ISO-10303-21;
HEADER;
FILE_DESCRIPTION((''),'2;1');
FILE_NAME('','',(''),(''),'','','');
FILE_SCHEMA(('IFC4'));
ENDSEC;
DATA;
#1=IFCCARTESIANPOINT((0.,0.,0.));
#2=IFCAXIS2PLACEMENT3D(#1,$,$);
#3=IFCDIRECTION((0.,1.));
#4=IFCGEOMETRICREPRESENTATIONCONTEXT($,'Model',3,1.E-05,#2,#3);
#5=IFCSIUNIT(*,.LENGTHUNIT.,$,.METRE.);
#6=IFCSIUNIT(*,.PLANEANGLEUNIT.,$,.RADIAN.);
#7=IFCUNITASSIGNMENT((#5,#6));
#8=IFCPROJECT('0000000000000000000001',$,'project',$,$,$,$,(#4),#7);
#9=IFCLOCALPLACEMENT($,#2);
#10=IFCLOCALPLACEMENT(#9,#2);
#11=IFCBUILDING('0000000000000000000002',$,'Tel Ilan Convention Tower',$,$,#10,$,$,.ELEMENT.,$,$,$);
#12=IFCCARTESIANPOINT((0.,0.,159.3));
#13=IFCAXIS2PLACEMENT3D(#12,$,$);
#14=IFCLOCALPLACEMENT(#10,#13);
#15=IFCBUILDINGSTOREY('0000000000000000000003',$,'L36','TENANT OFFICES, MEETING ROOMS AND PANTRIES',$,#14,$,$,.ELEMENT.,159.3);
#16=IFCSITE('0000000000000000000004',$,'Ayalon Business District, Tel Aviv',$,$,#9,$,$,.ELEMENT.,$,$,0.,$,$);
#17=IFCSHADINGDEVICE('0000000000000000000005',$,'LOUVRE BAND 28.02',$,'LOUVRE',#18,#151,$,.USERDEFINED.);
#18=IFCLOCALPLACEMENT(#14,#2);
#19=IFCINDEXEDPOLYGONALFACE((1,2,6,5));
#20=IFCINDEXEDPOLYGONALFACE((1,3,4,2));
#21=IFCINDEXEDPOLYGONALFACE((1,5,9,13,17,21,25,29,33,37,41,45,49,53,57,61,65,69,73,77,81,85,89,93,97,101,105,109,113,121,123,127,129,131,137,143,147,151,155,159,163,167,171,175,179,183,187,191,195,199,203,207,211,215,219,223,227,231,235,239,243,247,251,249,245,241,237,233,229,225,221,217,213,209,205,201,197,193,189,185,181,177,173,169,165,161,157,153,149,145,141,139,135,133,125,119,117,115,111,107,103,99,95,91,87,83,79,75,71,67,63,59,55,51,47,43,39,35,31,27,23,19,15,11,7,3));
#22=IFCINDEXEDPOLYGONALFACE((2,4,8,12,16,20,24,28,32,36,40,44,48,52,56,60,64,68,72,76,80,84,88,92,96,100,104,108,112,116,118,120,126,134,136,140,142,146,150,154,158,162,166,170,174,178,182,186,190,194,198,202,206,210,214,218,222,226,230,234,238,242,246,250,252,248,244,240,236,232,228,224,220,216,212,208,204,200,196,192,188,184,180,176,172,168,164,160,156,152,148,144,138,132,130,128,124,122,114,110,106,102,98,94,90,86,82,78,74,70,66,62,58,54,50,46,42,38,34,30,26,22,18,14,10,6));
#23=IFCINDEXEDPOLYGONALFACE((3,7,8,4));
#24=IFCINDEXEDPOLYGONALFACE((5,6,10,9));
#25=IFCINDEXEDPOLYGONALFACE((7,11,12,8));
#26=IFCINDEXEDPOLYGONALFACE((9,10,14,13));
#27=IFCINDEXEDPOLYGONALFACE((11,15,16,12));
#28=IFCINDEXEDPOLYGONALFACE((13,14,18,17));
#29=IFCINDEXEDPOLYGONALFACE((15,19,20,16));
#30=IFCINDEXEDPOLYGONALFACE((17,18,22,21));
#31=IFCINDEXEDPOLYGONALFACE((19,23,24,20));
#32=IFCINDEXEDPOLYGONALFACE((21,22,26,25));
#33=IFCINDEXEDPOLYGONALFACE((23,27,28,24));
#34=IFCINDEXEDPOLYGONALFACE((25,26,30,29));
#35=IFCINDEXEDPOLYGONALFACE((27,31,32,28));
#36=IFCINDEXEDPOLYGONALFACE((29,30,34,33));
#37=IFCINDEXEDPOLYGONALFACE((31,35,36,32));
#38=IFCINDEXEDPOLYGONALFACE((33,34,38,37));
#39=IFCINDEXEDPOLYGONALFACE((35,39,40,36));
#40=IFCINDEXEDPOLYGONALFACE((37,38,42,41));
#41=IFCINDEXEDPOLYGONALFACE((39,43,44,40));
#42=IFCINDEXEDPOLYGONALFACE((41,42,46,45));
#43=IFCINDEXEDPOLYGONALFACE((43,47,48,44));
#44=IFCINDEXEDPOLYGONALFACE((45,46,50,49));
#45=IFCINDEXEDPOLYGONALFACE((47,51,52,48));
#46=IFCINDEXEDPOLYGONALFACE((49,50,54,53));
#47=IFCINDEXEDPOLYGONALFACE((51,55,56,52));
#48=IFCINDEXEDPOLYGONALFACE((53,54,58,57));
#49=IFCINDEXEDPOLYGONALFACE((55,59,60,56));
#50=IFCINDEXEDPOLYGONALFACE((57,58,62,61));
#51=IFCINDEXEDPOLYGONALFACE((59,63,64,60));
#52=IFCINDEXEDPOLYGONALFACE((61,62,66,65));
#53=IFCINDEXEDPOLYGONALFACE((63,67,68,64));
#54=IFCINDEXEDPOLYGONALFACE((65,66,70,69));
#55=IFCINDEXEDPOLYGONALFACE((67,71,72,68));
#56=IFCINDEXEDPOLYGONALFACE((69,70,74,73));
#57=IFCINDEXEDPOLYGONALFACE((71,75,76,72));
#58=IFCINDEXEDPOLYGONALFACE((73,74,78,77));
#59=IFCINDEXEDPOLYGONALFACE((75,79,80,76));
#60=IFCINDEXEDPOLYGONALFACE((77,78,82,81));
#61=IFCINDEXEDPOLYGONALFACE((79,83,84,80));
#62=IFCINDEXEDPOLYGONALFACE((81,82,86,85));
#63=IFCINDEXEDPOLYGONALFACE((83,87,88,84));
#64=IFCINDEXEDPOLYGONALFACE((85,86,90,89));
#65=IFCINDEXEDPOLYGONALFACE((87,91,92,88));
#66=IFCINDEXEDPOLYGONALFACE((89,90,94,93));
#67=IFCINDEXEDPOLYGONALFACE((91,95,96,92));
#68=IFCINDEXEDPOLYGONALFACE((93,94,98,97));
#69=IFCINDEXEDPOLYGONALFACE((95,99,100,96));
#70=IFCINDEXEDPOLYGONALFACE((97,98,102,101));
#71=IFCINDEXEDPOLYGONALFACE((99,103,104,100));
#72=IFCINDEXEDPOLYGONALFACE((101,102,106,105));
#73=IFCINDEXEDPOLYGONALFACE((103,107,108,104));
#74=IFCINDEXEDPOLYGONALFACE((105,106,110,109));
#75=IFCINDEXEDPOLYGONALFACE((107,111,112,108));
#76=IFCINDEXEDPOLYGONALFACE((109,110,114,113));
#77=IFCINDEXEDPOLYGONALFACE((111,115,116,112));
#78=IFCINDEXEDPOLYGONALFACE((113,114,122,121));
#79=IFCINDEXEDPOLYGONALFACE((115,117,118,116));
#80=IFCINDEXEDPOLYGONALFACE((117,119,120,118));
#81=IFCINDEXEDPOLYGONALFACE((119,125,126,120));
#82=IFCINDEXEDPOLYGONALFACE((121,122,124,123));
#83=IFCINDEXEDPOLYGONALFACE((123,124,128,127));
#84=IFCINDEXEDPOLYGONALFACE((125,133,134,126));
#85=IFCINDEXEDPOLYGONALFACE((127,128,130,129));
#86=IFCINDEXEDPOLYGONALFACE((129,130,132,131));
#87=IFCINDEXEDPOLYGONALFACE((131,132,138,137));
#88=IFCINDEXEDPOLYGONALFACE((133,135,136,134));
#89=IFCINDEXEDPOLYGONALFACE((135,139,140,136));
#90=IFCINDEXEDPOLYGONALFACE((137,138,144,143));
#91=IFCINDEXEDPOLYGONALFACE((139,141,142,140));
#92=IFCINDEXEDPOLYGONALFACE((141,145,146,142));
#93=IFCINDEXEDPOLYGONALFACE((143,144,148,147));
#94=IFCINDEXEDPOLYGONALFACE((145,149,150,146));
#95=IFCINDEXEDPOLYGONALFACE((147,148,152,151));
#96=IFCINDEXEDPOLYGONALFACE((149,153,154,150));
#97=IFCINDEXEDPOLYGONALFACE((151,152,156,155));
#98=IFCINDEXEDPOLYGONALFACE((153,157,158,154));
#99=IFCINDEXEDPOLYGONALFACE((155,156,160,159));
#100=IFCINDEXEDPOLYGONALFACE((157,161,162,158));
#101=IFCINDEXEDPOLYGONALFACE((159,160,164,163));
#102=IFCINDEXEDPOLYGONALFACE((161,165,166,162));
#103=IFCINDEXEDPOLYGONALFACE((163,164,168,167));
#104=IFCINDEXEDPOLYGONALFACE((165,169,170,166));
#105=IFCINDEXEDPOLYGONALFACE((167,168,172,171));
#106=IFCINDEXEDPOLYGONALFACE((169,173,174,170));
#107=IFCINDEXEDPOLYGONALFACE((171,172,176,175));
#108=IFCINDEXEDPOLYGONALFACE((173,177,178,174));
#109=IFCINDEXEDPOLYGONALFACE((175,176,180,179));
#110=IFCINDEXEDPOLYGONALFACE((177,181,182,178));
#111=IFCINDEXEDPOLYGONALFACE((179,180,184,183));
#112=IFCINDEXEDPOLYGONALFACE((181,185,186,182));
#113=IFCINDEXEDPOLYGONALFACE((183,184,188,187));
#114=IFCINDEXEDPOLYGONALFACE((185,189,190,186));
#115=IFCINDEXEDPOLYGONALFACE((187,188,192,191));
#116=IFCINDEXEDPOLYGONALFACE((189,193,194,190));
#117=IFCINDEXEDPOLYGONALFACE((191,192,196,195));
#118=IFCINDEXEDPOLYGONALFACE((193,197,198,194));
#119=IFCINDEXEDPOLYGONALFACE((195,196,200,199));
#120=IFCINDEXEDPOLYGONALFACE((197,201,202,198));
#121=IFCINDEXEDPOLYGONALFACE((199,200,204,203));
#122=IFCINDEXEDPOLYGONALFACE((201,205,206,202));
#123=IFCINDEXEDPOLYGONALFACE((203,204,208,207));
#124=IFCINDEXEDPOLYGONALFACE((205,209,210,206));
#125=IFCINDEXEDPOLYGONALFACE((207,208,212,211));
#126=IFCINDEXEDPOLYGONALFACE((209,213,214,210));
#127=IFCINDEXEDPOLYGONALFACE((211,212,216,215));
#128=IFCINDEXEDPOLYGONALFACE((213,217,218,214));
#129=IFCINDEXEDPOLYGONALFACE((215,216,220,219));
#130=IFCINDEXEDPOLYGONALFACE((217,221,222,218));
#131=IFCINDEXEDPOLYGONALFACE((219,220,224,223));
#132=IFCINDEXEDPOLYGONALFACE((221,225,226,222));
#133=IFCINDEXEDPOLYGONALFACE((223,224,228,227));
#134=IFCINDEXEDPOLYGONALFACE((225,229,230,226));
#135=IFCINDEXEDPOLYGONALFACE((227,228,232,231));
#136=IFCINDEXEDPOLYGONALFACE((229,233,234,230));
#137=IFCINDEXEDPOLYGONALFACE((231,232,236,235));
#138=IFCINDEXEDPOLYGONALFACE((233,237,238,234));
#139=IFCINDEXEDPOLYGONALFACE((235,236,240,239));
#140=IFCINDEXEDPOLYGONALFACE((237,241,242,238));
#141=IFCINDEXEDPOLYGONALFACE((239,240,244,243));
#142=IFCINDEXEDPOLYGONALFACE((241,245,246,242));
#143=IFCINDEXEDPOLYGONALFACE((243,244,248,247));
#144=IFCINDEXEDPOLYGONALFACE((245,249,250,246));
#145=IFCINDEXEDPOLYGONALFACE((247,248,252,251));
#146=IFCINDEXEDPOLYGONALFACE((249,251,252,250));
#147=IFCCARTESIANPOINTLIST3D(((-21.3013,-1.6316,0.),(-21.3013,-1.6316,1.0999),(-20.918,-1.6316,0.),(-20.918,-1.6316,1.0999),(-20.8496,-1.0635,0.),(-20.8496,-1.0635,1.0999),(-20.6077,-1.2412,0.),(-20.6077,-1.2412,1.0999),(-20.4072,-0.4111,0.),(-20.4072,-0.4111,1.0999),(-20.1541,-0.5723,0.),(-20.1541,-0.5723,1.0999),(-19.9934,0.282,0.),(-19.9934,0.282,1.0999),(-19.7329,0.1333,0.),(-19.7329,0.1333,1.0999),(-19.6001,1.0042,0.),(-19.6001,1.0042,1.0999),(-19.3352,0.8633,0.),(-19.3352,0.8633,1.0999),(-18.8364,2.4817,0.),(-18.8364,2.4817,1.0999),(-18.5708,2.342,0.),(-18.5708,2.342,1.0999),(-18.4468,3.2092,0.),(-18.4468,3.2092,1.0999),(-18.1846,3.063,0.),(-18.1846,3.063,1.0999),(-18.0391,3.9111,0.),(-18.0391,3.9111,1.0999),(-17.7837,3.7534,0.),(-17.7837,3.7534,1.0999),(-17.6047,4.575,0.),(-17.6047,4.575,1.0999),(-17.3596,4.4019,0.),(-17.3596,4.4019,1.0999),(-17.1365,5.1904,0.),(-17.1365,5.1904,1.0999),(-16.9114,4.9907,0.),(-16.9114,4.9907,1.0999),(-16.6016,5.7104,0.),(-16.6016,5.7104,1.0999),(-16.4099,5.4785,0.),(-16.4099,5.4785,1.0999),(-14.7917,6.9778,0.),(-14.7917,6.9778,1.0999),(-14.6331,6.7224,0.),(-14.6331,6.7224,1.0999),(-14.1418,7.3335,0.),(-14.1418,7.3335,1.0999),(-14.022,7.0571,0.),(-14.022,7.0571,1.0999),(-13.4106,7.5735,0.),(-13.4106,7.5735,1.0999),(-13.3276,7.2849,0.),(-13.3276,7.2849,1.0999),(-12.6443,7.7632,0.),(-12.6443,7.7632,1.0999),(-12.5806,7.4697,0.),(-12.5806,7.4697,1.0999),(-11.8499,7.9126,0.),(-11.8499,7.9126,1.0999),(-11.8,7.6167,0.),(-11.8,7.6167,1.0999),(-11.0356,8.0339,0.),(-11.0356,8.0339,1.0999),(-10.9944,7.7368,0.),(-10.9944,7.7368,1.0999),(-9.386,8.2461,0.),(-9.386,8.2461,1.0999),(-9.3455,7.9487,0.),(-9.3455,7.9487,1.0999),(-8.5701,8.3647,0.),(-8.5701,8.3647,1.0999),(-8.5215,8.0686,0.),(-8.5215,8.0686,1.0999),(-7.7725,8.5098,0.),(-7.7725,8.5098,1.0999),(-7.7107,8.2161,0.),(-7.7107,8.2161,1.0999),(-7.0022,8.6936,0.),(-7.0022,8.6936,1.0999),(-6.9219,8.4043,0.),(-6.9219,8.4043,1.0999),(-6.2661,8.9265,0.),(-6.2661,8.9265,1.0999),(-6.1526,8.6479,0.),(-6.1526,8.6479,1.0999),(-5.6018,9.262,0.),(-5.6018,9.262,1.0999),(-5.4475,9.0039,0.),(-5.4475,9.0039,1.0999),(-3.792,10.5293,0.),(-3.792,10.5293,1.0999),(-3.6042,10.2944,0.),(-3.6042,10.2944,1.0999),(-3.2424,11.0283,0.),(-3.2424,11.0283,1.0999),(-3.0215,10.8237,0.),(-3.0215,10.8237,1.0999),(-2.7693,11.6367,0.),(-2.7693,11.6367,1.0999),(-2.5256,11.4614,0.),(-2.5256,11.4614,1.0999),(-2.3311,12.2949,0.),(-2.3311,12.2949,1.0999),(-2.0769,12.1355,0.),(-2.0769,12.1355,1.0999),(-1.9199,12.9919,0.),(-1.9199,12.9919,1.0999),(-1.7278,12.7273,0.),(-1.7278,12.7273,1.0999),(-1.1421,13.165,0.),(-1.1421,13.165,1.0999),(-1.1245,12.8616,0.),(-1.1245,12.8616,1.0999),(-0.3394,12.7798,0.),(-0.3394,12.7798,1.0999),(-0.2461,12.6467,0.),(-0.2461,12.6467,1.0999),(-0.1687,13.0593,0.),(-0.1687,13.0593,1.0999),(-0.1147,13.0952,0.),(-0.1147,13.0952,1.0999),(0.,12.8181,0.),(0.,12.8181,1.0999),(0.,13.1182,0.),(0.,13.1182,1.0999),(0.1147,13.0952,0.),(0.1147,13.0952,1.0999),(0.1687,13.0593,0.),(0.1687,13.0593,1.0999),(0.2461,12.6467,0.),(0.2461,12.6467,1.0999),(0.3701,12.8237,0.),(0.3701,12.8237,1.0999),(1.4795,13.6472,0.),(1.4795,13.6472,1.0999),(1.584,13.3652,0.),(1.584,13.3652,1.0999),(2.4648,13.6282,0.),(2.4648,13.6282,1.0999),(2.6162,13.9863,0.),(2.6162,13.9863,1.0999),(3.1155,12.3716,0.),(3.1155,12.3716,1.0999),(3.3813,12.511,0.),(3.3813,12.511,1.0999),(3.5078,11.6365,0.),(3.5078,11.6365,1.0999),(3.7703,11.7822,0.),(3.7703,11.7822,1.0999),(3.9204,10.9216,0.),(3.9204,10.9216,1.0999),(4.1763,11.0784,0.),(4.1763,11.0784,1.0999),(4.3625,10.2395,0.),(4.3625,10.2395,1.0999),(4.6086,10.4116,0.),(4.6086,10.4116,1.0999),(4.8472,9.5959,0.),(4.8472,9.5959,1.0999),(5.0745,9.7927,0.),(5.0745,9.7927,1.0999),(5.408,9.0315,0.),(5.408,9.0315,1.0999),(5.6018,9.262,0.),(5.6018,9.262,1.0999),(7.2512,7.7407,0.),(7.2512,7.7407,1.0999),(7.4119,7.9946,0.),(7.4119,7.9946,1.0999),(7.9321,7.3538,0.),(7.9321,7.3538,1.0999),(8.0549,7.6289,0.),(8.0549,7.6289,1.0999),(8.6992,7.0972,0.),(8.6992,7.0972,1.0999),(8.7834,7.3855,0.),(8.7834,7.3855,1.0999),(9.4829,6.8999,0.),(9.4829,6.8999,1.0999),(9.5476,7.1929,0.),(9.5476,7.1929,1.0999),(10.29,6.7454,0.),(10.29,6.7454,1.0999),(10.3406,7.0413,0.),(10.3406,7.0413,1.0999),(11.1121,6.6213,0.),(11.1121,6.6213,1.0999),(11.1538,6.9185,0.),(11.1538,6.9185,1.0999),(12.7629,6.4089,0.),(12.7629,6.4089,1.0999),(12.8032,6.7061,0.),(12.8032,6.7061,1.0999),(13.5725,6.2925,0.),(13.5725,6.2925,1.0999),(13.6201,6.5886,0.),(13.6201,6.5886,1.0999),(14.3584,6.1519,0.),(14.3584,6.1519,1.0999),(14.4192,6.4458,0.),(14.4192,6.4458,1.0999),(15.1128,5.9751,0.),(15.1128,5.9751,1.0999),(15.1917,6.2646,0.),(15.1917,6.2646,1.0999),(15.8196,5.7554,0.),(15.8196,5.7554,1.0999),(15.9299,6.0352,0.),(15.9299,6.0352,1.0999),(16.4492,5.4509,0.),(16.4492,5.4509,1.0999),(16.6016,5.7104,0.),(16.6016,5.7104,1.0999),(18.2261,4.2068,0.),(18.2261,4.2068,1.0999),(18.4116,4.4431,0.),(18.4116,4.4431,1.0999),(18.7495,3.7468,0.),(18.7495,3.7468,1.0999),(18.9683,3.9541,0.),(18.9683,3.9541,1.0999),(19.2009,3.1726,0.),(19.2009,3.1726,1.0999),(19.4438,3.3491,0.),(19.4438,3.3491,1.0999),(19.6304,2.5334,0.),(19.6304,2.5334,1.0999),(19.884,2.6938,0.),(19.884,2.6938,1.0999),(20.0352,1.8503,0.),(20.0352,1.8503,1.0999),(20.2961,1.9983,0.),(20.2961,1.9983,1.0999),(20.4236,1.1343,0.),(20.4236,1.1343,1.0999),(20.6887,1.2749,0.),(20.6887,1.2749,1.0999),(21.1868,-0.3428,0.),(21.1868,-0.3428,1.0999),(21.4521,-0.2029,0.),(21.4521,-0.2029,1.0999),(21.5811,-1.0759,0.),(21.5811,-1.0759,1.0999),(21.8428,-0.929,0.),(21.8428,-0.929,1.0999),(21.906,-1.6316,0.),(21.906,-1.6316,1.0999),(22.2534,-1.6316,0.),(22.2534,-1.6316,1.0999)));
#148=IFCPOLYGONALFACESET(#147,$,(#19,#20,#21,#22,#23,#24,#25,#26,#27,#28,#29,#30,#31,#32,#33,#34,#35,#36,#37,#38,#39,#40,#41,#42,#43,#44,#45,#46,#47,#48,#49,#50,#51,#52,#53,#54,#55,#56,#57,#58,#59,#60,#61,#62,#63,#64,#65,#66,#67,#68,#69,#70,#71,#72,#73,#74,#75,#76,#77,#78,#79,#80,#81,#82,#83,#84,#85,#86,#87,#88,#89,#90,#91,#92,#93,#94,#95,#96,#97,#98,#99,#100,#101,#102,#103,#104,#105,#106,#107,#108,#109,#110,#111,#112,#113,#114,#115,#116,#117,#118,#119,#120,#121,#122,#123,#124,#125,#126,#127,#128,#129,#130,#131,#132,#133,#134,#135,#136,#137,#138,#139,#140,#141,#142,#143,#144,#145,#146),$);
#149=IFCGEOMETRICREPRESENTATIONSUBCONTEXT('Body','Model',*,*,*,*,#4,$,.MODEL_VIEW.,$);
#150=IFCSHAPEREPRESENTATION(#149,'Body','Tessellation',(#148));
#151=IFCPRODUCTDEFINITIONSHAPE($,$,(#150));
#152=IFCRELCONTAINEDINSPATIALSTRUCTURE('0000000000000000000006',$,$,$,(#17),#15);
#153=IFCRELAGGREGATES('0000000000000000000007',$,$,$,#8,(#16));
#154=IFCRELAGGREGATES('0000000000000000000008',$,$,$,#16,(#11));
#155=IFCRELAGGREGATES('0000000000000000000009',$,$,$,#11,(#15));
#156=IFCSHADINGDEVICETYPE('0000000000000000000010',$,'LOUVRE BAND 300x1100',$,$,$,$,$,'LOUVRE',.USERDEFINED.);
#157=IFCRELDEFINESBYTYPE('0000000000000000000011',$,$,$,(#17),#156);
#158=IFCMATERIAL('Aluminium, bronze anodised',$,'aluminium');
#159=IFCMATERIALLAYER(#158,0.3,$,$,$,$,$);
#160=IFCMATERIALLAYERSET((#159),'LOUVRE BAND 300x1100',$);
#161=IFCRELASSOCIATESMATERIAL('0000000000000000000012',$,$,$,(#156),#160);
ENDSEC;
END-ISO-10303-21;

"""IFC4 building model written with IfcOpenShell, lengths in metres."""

from ifc_helpers import new_model, si_unit, direction, frame, origin, place, context, subcontext, project, spatial, polyline, outline, extrude, material, layer, layer_set, type_object, element, save


model = new_model("IFC4")

# Units and contexts
model_context = context("Model", 3, precision=1e-05, world=origin(), true_north=direction((0.0, 1.0)))
body_context = subcontext(model_context, "Body", "Model", "MODEL_VIEW")
ifc_project = project(units=[si_unit("LENGTHUNIT", "METRE"), si_unit("PLANEANGLEUNIT", "RADIAN")], contexts=[model_context])

# Site, building, storey
site_placement = place(None, origin())
site = spatial("IfcSite", under=ifc_project, at=site_placement, Name="Ayalon Business District, Tel Aviv", CompositionType="ELEMENT", RefElevation=0.0)
building_placement = place(site_placement, origin())
building = spatial("IfcBuilding", under=site, at=building_placement, Name="Tel Ilan Convention Tower", CompositionType="ELEMENT")
storey_placement = place(building_placement, frame((0.0, 0.0, 159.3)))
storey = spatial("IfcBuildingStorey", under=building, at=storey_placement, Name="L36", Description="TENANT OFFICES, MEETING ROOMS AND PANTRIES", CompositionType="ELEMENT", Elevation=159.3)

# Shading device
ifc_material_1 = material(Name="Aluminium, bronze anodised", Category="aluminium")
ifc_layer_1 = layer(ifc_material_1, 0.3)
ifc_layer_set_1 = layer_set([ifc_layer_1], Name="LOUVRE BAND 300x1100")
shading_device_type_1 = type_object("IfcShadingDeviceType", Name="LOUVRE BAND 300x1100", ElementType="LOUVRE", PredefinedType="USERDEFINED", material=ifc_layer_set_1)
shading_device_placement = place(storey_placement, origin())
element("IfcShadingDevice", 1, at=shading_device_placement, inside=storey, type_object=shading_device_type_1, Name="LOUVRE BAND 28.02", ObjectType="LOUVRE", PredefinedType="USERDEFINED", context=body_context, shape_type="SweptSolid", body=[
    extrude(outline(polyline([(-20.8496, -1.0635), (-21.3013, -1.6316), (-20.918, -1.6316), (-20.6077, -1.2412), (-20.1541, -0.5723), (-19.7329, 0.1333), (-19.3352, 0.8633), (-18.5708, 2.342), (-18.1846, 3.063), (-17.7837, 3.7534), (-17.3596, 4.4019), (-16.9114, 4.9907), (-16.4099, 5.4785), (-14.6331, 6.7224), (-14.022, 7.0571), (-13.3276, 7.2849), (-12.5806, 7.4697), (-11.8, 7.6167), (-10.9944, 7.7368), (-9.3455, 7.9487), (-8.5215, 8.0686), (-7.7107, 8.2161), (-6.9219, 8.4043), (-6.1526, 8.6479), (-5.4475, 9.0039), (-3.6042, 10.2944), (-3.0215, 10.8237), (-2.5256, 11.4614), (-2.0769, 12.1355), (-1.7278, 12.7273), (-1.1245, 12.8616), (-0.3394, 12.7798), (-0.2461, 12.6467), (0.0, 12.8181), (0.2461, 12.6467), (0.3701, 12.8237), (1.584, 13.3652), (2.4648, 13.6282), (3.1155, 12.3716), (3.5078, 11.6365), (3.9204, 10.9216), (4.3625, 10.2395), (4.8472, 9.5959), (5.408, 9.0315), (7.2512, 7.7407), (7.9321, 7.3538), (8.6992, 7.0972), (9.4829, 6.8999), (10.29, 6.7454), (11.1121, 6.6213), (12.7629, 6.4089), (13.5725, 6.2925), (14.3584, 6.1519), (15.1128, 5.9751), (15.8196, 5.7554), (16.4492, 5.4509), (18.2261, 4.2068), (18.7495, 3.7468), (19.2009, 3.1726), (19.6304, 2.5334), (20.0352, 1.8503), (20.4236, 1.1343), (21.1868, -0.3428), (21.5811, -1.0759), (21.906, -1.6316), (22.2534, -1.6316), (21.8428, -0.929), (21.4521, -0.2029), (20.6887, 1.2749), (20.2961, 1.9983), (19.884, 2.6938), (19.4438, 3.3491), (18.9683, 3.9541), (18.4116, 4.4431), (16.6016, 5.7104), (15.9299, 6.0352), (15.1917, 6.2646), (14.4192, 6.4458), (13.6201, 6.5886), (12.8032, 6.7061), (11.1538, 6.9185), (10.3406, 7.0413), (9.5476, 7.1929), (8.7834, 7.3855), (8.0549, 7.6289), (7.4119, 7.9946), (5.6018, 9.262), (5.0745, 9.7927), (4.6086, 10.4116), (4.1763, 11.0784), (3.7703, 11.7822), (3.3813, 12.511), (2.6162, 13.9863), (1.4795, 13.6472), (0.1687, 13.0593), (0.1147, 13.0952), (0.0, 13.1182), (-0.1147, 13.0952), (-0.1687, 13.0593), (-1.1421, 13.165), (-1.9199, 12.9919), (-2.3311, 12.2949), (-2.7693, 11.6367), (-3.2424, 11.0283), (-3.792, 10.5293), (-5.6018, 9.262), (-6.2661, 8.9265), (-7.0022, 8.6936), (-7.7725, 8.5098), (-8.5701, 8.3647), (-9.386, 8.2461), (-11.0356, 8.0339), (-11.8499, 7.9126), (-12.6443, 7.7632), (-13.4106, 7.5735), (-14.1418, 7.3335), (-14.7917, 6.9778), (-16.6016, 5.7104), (-17.1365, 5.1904), (-17.6047, 4.575), (-18.0391, 3.9111), (-18.4468, 3.2092), (-18.8364, 2.4817), (-19.6001, 1.0042), (-19.9934, 0.282), (-20.4072, -0.4111), (-20.8496, -1.0635)])), origin(), (0.0, 0.0, 1.0), 1.0999),
])

save(model, "model.ifc")
